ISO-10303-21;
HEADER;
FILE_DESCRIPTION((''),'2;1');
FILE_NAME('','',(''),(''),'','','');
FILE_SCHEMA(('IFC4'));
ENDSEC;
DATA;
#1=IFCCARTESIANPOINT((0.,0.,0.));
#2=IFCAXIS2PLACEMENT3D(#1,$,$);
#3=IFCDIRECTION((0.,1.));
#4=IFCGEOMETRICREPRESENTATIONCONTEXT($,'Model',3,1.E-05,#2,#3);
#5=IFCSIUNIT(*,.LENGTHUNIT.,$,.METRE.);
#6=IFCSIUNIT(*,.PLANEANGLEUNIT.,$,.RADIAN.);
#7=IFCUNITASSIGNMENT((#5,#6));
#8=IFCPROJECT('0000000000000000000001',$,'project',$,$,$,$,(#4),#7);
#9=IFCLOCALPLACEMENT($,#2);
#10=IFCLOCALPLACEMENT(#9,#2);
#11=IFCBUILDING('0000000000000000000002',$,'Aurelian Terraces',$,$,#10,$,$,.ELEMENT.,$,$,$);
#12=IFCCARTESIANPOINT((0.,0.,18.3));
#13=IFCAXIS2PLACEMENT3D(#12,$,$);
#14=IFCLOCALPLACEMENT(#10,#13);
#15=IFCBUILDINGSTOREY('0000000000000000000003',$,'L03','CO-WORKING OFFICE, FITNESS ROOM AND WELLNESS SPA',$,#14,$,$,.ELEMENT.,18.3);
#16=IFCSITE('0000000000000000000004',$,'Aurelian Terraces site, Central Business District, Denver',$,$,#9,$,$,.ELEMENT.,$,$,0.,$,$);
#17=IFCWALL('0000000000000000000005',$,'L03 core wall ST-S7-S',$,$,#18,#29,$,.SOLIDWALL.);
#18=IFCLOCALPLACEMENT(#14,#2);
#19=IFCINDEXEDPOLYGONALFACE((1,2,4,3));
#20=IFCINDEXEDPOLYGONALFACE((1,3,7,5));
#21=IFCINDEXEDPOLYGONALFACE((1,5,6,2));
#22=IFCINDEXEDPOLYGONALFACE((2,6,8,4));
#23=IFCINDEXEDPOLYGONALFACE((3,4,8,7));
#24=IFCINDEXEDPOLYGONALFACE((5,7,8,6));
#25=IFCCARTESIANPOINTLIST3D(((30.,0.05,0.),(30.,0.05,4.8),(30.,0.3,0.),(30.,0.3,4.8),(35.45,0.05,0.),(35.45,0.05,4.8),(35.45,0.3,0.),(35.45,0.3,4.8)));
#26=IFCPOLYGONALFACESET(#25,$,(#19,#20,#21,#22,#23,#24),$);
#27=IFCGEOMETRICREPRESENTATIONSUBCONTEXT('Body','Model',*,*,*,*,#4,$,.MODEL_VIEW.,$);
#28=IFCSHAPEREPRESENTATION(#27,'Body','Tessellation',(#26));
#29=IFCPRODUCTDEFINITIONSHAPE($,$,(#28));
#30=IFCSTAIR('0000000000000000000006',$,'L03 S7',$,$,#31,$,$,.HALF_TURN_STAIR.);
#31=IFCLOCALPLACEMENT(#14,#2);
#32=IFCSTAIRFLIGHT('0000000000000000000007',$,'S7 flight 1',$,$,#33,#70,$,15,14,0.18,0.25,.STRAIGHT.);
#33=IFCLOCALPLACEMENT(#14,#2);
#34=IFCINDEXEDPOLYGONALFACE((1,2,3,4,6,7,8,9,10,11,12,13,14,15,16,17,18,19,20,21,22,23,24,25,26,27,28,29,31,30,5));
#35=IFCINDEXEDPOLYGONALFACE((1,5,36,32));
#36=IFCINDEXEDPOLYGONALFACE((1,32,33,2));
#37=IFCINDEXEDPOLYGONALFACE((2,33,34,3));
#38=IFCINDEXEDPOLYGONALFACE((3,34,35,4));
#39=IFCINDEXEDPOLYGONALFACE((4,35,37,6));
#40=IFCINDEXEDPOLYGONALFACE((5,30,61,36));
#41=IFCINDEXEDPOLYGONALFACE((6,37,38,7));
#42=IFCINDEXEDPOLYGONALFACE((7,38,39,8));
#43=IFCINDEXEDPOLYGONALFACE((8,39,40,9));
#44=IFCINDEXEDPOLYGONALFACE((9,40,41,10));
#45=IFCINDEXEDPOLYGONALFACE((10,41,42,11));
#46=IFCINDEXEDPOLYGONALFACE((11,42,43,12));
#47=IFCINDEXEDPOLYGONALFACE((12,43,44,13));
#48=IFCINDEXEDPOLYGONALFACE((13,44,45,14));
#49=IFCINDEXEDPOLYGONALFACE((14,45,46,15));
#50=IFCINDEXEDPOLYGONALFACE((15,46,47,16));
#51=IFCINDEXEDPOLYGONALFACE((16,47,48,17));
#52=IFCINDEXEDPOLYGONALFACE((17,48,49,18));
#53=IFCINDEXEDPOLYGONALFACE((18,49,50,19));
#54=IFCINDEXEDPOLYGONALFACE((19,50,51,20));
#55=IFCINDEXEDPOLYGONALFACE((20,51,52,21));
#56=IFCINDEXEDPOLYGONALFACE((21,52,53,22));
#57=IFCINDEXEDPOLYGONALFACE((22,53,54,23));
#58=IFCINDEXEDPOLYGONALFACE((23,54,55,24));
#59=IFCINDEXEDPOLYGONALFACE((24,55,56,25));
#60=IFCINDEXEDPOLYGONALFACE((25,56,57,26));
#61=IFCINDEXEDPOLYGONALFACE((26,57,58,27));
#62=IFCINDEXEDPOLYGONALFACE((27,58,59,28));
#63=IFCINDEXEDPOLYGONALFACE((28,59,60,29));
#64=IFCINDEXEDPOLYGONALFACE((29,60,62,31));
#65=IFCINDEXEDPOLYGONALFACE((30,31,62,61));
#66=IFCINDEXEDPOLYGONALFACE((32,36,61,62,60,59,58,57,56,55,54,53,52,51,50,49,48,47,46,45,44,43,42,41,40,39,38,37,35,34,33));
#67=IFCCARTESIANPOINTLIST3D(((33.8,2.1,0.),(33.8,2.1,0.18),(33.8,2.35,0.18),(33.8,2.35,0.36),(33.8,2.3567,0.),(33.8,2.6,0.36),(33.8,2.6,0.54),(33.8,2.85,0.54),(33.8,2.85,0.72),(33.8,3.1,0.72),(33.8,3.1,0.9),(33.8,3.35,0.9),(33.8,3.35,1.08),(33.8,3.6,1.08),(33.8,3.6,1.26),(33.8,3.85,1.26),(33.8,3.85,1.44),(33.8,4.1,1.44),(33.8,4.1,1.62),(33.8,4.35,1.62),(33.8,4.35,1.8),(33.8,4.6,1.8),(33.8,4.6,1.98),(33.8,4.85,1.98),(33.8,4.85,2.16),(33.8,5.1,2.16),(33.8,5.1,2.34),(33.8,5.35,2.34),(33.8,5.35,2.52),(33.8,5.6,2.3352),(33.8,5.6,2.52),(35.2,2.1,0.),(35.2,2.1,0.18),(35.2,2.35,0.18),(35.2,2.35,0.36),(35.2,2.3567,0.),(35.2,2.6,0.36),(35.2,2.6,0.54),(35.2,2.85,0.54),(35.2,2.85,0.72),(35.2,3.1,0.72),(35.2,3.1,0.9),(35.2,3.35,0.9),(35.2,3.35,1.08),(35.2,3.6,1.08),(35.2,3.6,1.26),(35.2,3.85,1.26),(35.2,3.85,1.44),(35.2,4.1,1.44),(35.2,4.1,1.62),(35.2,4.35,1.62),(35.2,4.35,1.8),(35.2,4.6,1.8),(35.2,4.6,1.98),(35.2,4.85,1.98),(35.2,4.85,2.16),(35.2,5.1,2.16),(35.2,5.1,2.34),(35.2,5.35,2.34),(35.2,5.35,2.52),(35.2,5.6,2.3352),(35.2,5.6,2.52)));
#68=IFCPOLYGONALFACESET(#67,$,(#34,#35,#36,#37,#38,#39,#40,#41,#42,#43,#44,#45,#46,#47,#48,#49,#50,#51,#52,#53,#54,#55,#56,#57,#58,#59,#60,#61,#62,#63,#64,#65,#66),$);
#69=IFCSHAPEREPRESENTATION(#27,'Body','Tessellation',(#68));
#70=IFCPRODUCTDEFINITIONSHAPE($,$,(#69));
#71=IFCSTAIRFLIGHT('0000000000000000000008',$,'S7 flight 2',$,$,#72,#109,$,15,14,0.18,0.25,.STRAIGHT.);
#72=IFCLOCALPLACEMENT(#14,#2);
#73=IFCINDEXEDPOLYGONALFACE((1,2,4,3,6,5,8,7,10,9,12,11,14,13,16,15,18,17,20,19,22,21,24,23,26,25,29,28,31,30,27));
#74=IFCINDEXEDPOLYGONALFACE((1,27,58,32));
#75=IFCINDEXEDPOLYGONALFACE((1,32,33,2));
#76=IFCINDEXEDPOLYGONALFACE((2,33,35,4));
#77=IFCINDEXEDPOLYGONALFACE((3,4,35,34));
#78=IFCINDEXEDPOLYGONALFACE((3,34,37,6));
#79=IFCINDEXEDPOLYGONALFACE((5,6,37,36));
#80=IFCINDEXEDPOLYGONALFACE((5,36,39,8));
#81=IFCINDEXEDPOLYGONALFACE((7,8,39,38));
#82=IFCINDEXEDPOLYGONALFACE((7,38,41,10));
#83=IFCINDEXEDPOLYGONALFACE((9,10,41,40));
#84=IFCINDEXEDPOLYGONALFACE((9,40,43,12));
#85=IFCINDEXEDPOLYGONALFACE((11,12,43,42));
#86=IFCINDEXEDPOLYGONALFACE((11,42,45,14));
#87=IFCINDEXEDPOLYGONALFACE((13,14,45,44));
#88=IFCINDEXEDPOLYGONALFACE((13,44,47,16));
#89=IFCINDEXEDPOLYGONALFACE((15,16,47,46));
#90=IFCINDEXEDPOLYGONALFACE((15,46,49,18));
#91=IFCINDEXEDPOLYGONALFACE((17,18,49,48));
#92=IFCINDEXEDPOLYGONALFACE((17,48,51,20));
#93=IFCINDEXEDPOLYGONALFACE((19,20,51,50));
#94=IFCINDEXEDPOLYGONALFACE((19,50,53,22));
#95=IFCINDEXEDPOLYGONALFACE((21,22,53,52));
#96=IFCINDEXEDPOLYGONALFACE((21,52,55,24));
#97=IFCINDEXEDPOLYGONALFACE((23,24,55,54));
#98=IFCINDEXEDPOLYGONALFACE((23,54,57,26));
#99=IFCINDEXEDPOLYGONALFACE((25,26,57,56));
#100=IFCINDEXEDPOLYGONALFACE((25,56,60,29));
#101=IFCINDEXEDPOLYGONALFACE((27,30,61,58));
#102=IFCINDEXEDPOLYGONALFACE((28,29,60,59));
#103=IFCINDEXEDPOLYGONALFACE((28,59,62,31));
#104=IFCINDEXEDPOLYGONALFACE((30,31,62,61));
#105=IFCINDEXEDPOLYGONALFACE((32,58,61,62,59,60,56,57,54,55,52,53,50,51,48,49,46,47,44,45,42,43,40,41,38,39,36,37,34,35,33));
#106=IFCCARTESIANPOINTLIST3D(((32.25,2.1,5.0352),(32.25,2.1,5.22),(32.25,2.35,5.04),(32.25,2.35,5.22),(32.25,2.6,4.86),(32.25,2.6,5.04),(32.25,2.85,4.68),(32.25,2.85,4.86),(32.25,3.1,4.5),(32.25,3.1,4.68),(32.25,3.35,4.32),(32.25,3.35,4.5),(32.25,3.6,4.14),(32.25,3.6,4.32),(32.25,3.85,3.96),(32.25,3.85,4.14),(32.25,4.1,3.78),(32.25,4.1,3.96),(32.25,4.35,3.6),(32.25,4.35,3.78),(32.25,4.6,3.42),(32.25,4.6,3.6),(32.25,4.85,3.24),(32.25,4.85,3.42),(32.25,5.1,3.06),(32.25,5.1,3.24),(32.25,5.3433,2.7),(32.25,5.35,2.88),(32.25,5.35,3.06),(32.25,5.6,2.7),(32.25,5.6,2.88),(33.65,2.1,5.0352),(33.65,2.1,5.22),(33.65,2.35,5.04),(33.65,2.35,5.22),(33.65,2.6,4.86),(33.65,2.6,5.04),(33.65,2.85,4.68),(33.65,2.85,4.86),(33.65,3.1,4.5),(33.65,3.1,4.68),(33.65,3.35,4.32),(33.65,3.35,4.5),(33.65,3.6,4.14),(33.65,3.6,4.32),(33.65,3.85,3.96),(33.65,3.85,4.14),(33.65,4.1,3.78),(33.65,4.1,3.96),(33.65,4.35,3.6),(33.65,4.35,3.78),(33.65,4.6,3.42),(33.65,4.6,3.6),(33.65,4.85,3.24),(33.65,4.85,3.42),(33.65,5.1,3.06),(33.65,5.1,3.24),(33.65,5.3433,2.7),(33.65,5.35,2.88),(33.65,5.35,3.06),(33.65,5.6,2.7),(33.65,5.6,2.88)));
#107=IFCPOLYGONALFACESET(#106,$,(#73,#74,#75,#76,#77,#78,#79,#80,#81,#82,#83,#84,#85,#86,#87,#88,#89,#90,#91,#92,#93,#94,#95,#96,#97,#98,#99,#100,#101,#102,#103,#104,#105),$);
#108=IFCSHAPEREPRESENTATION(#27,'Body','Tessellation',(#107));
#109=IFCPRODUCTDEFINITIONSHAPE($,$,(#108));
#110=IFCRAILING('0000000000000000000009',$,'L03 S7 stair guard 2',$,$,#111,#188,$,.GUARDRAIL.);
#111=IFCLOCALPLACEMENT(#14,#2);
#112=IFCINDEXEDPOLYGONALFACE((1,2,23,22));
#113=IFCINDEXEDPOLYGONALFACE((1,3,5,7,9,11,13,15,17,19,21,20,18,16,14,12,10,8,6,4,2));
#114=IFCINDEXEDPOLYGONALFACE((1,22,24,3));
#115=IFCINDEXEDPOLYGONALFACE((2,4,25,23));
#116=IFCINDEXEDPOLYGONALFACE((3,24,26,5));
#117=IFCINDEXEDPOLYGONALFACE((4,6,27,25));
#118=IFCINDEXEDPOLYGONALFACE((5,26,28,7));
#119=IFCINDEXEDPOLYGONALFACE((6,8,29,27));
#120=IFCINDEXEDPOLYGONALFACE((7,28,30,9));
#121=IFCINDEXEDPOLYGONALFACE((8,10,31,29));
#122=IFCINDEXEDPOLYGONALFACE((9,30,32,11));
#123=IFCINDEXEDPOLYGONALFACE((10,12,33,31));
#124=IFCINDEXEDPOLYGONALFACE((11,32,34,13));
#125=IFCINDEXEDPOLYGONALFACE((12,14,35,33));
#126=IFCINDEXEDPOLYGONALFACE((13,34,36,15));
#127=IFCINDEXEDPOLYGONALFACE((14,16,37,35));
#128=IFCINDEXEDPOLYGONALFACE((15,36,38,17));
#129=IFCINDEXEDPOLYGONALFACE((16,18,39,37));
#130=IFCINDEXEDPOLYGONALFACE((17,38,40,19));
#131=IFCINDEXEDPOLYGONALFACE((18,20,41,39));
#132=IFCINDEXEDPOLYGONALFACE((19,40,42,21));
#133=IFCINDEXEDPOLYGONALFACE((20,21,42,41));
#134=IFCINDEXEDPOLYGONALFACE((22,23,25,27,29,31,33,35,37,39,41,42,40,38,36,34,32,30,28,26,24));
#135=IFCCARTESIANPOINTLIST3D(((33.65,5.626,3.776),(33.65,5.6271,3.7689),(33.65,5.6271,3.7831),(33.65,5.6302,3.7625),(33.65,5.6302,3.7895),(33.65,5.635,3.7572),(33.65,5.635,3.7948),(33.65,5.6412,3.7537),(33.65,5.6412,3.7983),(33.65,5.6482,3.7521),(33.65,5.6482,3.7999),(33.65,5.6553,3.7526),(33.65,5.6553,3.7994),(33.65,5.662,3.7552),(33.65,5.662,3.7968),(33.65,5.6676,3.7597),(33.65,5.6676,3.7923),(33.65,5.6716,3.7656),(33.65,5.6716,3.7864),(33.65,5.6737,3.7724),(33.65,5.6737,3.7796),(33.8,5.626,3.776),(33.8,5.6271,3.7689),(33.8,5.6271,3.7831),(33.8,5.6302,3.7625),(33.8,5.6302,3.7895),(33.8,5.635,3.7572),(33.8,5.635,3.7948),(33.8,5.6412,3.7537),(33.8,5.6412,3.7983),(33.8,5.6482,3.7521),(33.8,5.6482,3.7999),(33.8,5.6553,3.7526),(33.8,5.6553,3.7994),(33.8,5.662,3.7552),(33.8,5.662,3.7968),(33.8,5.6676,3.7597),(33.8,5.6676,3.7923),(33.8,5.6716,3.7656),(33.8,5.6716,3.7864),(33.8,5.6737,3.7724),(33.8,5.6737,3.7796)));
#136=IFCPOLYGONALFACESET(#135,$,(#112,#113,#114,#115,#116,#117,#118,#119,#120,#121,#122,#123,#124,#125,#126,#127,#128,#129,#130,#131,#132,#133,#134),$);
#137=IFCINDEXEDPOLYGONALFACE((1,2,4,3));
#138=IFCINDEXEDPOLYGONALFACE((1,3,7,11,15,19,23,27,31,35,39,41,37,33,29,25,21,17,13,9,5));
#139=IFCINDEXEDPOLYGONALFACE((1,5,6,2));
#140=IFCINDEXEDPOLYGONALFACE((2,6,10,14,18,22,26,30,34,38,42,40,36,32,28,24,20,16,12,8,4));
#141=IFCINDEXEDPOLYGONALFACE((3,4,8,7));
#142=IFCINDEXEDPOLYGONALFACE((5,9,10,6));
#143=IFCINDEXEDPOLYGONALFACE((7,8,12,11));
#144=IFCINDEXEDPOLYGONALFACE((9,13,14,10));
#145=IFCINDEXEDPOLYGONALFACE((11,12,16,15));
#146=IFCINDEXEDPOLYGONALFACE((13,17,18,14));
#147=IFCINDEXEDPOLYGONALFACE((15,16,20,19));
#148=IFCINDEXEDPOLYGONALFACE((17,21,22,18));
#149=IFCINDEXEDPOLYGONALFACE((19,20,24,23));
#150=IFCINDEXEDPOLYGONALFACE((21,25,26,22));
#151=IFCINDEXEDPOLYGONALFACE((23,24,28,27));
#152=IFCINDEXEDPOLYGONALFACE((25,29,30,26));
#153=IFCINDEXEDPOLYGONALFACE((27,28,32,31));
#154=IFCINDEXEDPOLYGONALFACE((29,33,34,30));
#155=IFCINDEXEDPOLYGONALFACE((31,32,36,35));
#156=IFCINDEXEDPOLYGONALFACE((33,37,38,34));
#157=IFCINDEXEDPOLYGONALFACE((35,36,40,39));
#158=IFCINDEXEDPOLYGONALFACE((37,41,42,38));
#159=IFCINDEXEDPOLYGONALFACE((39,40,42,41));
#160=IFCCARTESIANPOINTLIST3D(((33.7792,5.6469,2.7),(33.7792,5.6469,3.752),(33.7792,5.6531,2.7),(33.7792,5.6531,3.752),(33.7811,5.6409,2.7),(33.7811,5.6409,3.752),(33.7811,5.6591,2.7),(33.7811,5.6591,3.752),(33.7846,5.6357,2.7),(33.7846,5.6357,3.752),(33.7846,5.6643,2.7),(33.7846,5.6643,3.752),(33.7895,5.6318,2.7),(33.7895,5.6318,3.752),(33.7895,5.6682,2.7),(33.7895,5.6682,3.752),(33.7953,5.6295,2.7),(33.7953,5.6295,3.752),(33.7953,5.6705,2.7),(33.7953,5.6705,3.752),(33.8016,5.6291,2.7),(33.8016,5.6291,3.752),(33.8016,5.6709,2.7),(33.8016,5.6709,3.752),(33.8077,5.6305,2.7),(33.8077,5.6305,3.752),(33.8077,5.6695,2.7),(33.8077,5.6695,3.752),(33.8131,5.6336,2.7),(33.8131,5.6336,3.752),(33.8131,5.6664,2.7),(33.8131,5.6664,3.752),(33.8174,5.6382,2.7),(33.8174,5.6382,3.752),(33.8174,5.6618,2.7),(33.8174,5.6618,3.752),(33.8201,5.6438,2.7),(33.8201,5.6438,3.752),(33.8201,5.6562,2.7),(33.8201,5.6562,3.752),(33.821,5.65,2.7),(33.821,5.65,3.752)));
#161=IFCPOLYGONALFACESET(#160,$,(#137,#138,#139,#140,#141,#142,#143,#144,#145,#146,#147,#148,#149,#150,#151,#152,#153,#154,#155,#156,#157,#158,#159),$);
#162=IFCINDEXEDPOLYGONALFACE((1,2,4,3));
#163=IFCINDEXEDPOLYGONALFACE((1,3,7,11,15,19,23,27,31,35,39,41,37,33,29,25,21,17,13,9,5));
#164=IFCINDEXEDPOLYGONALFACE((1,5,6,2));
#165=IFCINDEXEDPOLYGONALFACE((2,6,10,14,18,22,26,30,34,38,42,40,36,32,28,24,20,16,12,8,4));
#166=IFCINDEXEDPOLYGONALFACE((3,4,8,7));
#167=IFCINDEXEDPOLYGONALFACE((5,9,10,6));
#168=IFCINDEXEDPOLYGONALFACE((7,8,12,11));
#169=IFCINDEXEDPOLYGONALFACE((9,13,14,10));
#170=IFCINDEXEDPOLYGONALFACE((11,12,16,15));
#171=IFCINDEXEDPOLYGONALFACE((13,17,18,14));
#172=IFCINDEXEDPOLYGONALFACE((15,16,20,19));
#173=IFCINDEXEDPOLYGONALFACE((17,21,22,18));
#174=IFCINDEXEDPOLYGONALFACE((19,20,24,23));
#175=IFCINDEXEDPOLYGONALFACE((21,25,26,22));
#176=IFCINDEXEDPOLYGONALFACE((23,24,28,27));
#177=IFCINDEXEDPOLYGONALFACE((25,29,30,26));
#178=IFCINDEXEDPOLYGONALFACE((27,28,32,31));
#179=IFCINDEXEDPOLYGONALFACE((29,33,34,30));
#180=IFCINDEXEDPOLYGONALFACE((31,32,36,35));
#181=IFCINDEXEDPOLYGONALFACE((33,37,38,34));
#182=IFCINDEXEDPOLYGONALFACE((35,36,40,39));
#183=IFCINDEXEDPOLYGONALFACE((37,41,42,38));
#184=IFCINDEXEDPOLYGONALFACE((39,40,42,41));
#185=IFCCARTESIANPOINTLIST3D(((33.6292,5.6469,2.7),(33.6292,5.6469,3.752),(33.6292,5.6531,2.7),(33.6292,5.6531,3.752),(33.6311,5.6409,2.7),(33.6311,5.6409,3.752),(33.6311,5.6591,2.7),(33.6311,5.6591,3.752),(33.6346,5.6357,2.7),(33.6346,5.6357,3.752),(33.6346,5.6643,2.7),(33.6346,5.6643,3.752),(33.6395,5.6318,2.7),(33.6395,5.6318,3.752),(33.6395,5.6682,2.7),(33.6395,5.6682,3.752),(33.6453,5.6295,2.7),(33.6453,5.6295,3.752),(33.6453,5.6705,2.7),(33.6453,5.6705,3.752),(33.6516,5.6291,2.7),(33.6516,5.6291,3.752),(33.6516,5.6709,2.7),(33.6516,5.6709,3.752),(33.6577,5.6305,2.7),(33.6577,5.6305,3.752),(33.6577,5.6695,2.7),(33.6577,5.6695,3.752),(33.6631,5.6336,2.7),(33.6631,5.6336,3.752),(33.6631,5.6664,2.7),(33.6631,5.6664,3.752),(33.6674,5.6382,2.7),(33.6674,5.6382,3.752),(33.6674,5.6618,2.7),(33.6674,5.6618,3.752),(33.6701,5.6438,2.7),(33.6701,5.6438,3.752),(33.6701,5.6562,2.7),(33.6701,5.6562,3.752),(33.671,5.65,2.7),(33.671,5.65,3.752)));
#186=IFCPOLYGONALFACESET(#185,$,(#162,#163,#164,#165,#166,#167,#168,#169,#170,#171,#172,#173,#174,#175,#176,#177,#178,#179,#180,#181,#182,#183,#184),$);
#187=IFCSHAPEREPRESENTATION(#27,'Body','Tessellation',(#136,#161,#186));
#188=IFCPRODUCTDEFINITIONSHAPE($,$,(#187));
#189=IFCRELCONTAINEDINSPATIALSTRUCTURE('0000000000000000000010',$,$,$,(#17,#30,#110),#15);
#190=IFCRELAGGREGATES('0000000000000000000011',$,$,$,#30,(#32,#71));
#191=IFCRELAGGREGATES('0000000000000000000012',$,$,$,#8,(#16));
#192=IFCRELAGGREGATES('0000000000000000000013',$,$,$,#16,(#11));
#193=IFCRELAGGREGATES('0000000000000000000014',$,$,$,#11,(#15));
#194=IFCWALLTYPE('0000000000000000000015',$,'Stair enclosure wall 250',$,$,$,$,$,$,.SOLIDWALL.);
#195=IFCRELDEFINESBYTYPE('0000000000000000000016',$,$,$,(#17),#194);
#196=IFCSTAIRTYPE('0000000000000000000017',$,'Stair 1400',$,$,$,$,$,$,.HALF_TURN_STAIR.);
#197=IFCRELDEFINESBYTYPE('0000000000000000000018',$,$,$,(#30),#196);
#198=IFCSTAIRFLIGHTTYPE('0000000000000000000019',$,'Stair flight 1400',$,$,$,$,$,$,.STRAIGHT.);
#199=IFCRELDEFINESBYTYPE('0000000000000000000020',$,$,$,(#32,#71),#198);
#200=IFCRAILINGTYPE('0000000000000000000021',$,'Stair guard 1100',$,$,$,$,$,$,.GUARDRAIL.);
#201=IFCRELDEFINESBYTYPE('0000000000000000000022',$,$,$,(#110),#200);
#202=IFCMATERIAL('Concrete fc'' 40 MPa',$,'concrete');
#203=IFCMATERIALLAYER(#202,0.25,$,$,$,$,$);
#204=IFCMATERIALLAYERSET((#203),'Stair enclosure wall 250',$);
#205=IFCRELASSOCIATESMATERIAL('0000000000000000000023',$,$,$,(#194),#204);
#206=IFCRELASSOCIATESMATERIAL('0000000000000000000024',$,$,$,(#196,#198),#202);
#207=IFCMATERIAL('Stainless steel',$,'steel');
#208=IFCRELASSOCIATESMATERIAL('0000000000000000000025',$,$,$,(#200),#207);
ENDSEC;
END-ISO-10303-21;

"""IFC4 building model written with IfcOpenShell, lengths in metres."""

from ifc_helpers import new_model, si_unit, direction, frame, frame_2d, origin, origin_2d, place, context, subcontext, project, spatial, polyline, rectangle, circle, outline, extrude, source, transform, mapped, material, layer, layer_set, type_object, element, aggregate, save


model = new_model("IFC4")

# Units and contexts
model_context = context("Model", 3, precision=1e-05, world=origin(), true_north=direction((0.0, 1.0)))
body_context = subcontext(model_context, "Body", "Model", "MODEL_VIEW")
ifc_project = project(units=[si_unit("LENGTHUNIT", "METRE"), si_unit("PLANEANGLEUNIT", "RADIAN")], contexts=[model_context])

# Site, building, storey
site_placement = place(None, origin())
site = spatial("IfcSite", under=ifc_project, at=site_placement, Name="Aurelian Terraces site, Central Business District, Denver", CompositionType="ELEMENT", RefElevation=0.0)
building_placement = place(site_placement, origin())
building = spatial("IfcBuilding", under=site, at=building_placement, Name="Aurelian Terraces", CompositionType="ELEMENT")
storey_placement = place(building_placement, frame((0.0, 0.0, 18.3)))
storey = spatial("IfcBuildingStorey", under=building, at=storey_placement, Name="L03", Description="CO-WORKING OFFICE, FITNESS ROOM AND WELLNESS SPA", CompositionType="ELEMENT", Elevation=18.3)

# Shared definitions
ifc_material_1 = material(Name="Concrete fc' 40 MPa", Category="concrete")
ifc_layer_1 = layer(ifc_material_1, 0.25)
ifc_layer_set_1 = layer_set([ifc_layer_1], Name="Stair enclosure wall 250")
wall_type_1 = type_object("IfcWallType", Name="Stair enclosure wall 250", PredefinedType="SOLIDWALL", material=ifc_layer_set_1)

# Wall
shared_shape_1 = source(origin(), body_context, "Body", "SweptSolid", [
    extrude(rectangle(XDim=5.45, YDim=0.25, at=frame_2d((2.725, 0.0))), origin(), (0.0, 0.0, 1.0), 4.8),
])
for number, where, z_axis, x_axis, name in (
    (1, (30.0, 0.175, 0.0), (0.0, 0.0, 1.0), (1.0, 0.0, 0.0), "L03 core wall ST-S7-S"),
):
    element("IfcWall", number, at=place(storey_placement, frame(where, z_axis=z_axis, x_axis=x_axis)), inside=storey, type_object=wall_type_1, Name=name, PredefinedType="SOLIDWALL", context=body_context, shape_type="MappedRepresentation", body=[
        mapped(shared_shape_1, transform((0.0, 0.0, 0.0), scale=1.0)),
    ])

# Stair, stair flights
stair_type = type_object("IfcStairType", Name="Stair 1400", PredefinedType="HALF_TURN_STAIR", material=ifc_material_1)
stair_placement = place(storey_placement, origin())
stair = element("IfcStair", 2, at=stair_placement, inside=storey, type_object=stair_type, Name="L03 S7", PredefinedType="HALF_TURN_STAIR")
stair_flight_type = type_object("IfcStairFlightType", Name="Stair flight 1400", PredefinedType="STRAIGHT", material=ifc_material_1)
shared_shape_2 = source(origin(), body_context, "Body", "SweptSolid", [
    extrude(outline(polyline([(0.0, 0.0), (0.0, 0.18), (0.25, 0.18), (0.25, 0.36), (0.5, 0.36), (0.5, 0.54), (0.75, 0.54), (0.75, 0.72), (1.0, 0.72), (1.0, 0.9), (1.25, 0.9), (1.25, 1.08), (1.5, 1.08), (1.5, 1.26), (1.75, 1.26), (1.75, 1.44), (2.0, 1.44), (2.0, 1.62), (2.25, 1.62), (2.25, 1.8), (2.5, 1.8), (2.5, 1.98), (2.75, 1.98), (2.75, 2.16), (3.0, 2.16), (3.0, 2.34), (3.25, 2.34), (3.25, 2.52), (3.5, 2.52), (3.5, 2.7), (3.5, 2.3352), (0.2567, 0.0), (0.0, 0.0)])), frame((0.0, 0.7, 0.0), z_axis=(0.0, -1.0, 0.0), x_axis=(1.0, 0.0, 0.0)), (0.0, 0.0, 1.0), 1.4),
])
stair_flight_1_placement = place(storey_placement, frame((34.5, 2.1, 0.0), z_axis=(0.0, 0.0, 1.0), x_axis=(0.0, 1.0, 0.0)))
stair_flight_1 = element("IfcStairFlight", 3, at=stair_flight_1_placement, type_object=stair_flight_type, Name="S7 flight 1", NumberOfRisers=15, NumberOfTreads=14, PredefinedType="STRAIGHT", RiserHeight=0.18, TreadLength=0.25, context=body_context, shape_type="MappedRepresentation", body=[
    mapped(shared_shape_2, transform((0.0, 0.0, 0.0), scale=1.0)),
])
stair_flight_2_placement = place(storey_placement, frame((32.95, 5.6, 2.7), z_axis=(0.0, 0.0, 1.0), x_axis=(0.0, -1.0, 0.0)))
stair_flight_2 = element("IfcStairFlight", 4, at=stair_flight_2_placement, type_object=stair_flight_type, Name="S7 flight 2", NumberOfRisers=15, NumberOfTreads=14, PredefinedType="STRAIGHT", RiserHeight=0.18, TreadLength=0.25, context=body_context, shape_type="MappedRepresentation", body=[
    mapped(shared_shape_2, transform((0.0, 0.0, 0.0), scale=1.0)),
])
aggregate(stair, [stair_flight_1, stair_flight_2])

# Railing
ifc_material_2 = material(Name="Stainless steel", Category="steel")
railing_type_1 = type_object("IfcRailingType", Name="Stair guard 1100", PredefinedType="GUARDRAIL", material=ifc_material_2)
shared_shape_3 = source(origin(), body_context, "Body", "SweptSolid", [
    extrude(circle(Radius=0.024, at=origin_2d()), frame((0.0, 0.0, 1.076), z_axis=(-1.0, 0.0, 0.0), x_axis=(0.0, -1.0, 0.0)), (0.0, 0.0, 1.0), 0.15),
    extrude(circle(Radius=0.021, at=origin_2d()), origin(), (0.0, 0.0, 1.0), 1.052),
    extrude(circle(Radius=0.021, at=origin_2d()), frame((-0.15, 0.0, 0.0)), (0.0, 0.0, 1.0), 1.052),
])
for number, where, name in (
    (5, (33.8, 5.65, 2.7), "L03 S7 stair guard 2"),
):
    element("IfcRailing", number, at=place(storey_placement, frame(where)), inside=storey, type_object=railing_type_1, Name=name, PredefinedType="GUARDRAIL", context=body_context, shape_type="MappedRepresentation", body=[
        mapped(shared_shape_3, transform((0.0, 0.0, 0.0), scale=1.0)),
    ])

save(model, "model.ifc")
